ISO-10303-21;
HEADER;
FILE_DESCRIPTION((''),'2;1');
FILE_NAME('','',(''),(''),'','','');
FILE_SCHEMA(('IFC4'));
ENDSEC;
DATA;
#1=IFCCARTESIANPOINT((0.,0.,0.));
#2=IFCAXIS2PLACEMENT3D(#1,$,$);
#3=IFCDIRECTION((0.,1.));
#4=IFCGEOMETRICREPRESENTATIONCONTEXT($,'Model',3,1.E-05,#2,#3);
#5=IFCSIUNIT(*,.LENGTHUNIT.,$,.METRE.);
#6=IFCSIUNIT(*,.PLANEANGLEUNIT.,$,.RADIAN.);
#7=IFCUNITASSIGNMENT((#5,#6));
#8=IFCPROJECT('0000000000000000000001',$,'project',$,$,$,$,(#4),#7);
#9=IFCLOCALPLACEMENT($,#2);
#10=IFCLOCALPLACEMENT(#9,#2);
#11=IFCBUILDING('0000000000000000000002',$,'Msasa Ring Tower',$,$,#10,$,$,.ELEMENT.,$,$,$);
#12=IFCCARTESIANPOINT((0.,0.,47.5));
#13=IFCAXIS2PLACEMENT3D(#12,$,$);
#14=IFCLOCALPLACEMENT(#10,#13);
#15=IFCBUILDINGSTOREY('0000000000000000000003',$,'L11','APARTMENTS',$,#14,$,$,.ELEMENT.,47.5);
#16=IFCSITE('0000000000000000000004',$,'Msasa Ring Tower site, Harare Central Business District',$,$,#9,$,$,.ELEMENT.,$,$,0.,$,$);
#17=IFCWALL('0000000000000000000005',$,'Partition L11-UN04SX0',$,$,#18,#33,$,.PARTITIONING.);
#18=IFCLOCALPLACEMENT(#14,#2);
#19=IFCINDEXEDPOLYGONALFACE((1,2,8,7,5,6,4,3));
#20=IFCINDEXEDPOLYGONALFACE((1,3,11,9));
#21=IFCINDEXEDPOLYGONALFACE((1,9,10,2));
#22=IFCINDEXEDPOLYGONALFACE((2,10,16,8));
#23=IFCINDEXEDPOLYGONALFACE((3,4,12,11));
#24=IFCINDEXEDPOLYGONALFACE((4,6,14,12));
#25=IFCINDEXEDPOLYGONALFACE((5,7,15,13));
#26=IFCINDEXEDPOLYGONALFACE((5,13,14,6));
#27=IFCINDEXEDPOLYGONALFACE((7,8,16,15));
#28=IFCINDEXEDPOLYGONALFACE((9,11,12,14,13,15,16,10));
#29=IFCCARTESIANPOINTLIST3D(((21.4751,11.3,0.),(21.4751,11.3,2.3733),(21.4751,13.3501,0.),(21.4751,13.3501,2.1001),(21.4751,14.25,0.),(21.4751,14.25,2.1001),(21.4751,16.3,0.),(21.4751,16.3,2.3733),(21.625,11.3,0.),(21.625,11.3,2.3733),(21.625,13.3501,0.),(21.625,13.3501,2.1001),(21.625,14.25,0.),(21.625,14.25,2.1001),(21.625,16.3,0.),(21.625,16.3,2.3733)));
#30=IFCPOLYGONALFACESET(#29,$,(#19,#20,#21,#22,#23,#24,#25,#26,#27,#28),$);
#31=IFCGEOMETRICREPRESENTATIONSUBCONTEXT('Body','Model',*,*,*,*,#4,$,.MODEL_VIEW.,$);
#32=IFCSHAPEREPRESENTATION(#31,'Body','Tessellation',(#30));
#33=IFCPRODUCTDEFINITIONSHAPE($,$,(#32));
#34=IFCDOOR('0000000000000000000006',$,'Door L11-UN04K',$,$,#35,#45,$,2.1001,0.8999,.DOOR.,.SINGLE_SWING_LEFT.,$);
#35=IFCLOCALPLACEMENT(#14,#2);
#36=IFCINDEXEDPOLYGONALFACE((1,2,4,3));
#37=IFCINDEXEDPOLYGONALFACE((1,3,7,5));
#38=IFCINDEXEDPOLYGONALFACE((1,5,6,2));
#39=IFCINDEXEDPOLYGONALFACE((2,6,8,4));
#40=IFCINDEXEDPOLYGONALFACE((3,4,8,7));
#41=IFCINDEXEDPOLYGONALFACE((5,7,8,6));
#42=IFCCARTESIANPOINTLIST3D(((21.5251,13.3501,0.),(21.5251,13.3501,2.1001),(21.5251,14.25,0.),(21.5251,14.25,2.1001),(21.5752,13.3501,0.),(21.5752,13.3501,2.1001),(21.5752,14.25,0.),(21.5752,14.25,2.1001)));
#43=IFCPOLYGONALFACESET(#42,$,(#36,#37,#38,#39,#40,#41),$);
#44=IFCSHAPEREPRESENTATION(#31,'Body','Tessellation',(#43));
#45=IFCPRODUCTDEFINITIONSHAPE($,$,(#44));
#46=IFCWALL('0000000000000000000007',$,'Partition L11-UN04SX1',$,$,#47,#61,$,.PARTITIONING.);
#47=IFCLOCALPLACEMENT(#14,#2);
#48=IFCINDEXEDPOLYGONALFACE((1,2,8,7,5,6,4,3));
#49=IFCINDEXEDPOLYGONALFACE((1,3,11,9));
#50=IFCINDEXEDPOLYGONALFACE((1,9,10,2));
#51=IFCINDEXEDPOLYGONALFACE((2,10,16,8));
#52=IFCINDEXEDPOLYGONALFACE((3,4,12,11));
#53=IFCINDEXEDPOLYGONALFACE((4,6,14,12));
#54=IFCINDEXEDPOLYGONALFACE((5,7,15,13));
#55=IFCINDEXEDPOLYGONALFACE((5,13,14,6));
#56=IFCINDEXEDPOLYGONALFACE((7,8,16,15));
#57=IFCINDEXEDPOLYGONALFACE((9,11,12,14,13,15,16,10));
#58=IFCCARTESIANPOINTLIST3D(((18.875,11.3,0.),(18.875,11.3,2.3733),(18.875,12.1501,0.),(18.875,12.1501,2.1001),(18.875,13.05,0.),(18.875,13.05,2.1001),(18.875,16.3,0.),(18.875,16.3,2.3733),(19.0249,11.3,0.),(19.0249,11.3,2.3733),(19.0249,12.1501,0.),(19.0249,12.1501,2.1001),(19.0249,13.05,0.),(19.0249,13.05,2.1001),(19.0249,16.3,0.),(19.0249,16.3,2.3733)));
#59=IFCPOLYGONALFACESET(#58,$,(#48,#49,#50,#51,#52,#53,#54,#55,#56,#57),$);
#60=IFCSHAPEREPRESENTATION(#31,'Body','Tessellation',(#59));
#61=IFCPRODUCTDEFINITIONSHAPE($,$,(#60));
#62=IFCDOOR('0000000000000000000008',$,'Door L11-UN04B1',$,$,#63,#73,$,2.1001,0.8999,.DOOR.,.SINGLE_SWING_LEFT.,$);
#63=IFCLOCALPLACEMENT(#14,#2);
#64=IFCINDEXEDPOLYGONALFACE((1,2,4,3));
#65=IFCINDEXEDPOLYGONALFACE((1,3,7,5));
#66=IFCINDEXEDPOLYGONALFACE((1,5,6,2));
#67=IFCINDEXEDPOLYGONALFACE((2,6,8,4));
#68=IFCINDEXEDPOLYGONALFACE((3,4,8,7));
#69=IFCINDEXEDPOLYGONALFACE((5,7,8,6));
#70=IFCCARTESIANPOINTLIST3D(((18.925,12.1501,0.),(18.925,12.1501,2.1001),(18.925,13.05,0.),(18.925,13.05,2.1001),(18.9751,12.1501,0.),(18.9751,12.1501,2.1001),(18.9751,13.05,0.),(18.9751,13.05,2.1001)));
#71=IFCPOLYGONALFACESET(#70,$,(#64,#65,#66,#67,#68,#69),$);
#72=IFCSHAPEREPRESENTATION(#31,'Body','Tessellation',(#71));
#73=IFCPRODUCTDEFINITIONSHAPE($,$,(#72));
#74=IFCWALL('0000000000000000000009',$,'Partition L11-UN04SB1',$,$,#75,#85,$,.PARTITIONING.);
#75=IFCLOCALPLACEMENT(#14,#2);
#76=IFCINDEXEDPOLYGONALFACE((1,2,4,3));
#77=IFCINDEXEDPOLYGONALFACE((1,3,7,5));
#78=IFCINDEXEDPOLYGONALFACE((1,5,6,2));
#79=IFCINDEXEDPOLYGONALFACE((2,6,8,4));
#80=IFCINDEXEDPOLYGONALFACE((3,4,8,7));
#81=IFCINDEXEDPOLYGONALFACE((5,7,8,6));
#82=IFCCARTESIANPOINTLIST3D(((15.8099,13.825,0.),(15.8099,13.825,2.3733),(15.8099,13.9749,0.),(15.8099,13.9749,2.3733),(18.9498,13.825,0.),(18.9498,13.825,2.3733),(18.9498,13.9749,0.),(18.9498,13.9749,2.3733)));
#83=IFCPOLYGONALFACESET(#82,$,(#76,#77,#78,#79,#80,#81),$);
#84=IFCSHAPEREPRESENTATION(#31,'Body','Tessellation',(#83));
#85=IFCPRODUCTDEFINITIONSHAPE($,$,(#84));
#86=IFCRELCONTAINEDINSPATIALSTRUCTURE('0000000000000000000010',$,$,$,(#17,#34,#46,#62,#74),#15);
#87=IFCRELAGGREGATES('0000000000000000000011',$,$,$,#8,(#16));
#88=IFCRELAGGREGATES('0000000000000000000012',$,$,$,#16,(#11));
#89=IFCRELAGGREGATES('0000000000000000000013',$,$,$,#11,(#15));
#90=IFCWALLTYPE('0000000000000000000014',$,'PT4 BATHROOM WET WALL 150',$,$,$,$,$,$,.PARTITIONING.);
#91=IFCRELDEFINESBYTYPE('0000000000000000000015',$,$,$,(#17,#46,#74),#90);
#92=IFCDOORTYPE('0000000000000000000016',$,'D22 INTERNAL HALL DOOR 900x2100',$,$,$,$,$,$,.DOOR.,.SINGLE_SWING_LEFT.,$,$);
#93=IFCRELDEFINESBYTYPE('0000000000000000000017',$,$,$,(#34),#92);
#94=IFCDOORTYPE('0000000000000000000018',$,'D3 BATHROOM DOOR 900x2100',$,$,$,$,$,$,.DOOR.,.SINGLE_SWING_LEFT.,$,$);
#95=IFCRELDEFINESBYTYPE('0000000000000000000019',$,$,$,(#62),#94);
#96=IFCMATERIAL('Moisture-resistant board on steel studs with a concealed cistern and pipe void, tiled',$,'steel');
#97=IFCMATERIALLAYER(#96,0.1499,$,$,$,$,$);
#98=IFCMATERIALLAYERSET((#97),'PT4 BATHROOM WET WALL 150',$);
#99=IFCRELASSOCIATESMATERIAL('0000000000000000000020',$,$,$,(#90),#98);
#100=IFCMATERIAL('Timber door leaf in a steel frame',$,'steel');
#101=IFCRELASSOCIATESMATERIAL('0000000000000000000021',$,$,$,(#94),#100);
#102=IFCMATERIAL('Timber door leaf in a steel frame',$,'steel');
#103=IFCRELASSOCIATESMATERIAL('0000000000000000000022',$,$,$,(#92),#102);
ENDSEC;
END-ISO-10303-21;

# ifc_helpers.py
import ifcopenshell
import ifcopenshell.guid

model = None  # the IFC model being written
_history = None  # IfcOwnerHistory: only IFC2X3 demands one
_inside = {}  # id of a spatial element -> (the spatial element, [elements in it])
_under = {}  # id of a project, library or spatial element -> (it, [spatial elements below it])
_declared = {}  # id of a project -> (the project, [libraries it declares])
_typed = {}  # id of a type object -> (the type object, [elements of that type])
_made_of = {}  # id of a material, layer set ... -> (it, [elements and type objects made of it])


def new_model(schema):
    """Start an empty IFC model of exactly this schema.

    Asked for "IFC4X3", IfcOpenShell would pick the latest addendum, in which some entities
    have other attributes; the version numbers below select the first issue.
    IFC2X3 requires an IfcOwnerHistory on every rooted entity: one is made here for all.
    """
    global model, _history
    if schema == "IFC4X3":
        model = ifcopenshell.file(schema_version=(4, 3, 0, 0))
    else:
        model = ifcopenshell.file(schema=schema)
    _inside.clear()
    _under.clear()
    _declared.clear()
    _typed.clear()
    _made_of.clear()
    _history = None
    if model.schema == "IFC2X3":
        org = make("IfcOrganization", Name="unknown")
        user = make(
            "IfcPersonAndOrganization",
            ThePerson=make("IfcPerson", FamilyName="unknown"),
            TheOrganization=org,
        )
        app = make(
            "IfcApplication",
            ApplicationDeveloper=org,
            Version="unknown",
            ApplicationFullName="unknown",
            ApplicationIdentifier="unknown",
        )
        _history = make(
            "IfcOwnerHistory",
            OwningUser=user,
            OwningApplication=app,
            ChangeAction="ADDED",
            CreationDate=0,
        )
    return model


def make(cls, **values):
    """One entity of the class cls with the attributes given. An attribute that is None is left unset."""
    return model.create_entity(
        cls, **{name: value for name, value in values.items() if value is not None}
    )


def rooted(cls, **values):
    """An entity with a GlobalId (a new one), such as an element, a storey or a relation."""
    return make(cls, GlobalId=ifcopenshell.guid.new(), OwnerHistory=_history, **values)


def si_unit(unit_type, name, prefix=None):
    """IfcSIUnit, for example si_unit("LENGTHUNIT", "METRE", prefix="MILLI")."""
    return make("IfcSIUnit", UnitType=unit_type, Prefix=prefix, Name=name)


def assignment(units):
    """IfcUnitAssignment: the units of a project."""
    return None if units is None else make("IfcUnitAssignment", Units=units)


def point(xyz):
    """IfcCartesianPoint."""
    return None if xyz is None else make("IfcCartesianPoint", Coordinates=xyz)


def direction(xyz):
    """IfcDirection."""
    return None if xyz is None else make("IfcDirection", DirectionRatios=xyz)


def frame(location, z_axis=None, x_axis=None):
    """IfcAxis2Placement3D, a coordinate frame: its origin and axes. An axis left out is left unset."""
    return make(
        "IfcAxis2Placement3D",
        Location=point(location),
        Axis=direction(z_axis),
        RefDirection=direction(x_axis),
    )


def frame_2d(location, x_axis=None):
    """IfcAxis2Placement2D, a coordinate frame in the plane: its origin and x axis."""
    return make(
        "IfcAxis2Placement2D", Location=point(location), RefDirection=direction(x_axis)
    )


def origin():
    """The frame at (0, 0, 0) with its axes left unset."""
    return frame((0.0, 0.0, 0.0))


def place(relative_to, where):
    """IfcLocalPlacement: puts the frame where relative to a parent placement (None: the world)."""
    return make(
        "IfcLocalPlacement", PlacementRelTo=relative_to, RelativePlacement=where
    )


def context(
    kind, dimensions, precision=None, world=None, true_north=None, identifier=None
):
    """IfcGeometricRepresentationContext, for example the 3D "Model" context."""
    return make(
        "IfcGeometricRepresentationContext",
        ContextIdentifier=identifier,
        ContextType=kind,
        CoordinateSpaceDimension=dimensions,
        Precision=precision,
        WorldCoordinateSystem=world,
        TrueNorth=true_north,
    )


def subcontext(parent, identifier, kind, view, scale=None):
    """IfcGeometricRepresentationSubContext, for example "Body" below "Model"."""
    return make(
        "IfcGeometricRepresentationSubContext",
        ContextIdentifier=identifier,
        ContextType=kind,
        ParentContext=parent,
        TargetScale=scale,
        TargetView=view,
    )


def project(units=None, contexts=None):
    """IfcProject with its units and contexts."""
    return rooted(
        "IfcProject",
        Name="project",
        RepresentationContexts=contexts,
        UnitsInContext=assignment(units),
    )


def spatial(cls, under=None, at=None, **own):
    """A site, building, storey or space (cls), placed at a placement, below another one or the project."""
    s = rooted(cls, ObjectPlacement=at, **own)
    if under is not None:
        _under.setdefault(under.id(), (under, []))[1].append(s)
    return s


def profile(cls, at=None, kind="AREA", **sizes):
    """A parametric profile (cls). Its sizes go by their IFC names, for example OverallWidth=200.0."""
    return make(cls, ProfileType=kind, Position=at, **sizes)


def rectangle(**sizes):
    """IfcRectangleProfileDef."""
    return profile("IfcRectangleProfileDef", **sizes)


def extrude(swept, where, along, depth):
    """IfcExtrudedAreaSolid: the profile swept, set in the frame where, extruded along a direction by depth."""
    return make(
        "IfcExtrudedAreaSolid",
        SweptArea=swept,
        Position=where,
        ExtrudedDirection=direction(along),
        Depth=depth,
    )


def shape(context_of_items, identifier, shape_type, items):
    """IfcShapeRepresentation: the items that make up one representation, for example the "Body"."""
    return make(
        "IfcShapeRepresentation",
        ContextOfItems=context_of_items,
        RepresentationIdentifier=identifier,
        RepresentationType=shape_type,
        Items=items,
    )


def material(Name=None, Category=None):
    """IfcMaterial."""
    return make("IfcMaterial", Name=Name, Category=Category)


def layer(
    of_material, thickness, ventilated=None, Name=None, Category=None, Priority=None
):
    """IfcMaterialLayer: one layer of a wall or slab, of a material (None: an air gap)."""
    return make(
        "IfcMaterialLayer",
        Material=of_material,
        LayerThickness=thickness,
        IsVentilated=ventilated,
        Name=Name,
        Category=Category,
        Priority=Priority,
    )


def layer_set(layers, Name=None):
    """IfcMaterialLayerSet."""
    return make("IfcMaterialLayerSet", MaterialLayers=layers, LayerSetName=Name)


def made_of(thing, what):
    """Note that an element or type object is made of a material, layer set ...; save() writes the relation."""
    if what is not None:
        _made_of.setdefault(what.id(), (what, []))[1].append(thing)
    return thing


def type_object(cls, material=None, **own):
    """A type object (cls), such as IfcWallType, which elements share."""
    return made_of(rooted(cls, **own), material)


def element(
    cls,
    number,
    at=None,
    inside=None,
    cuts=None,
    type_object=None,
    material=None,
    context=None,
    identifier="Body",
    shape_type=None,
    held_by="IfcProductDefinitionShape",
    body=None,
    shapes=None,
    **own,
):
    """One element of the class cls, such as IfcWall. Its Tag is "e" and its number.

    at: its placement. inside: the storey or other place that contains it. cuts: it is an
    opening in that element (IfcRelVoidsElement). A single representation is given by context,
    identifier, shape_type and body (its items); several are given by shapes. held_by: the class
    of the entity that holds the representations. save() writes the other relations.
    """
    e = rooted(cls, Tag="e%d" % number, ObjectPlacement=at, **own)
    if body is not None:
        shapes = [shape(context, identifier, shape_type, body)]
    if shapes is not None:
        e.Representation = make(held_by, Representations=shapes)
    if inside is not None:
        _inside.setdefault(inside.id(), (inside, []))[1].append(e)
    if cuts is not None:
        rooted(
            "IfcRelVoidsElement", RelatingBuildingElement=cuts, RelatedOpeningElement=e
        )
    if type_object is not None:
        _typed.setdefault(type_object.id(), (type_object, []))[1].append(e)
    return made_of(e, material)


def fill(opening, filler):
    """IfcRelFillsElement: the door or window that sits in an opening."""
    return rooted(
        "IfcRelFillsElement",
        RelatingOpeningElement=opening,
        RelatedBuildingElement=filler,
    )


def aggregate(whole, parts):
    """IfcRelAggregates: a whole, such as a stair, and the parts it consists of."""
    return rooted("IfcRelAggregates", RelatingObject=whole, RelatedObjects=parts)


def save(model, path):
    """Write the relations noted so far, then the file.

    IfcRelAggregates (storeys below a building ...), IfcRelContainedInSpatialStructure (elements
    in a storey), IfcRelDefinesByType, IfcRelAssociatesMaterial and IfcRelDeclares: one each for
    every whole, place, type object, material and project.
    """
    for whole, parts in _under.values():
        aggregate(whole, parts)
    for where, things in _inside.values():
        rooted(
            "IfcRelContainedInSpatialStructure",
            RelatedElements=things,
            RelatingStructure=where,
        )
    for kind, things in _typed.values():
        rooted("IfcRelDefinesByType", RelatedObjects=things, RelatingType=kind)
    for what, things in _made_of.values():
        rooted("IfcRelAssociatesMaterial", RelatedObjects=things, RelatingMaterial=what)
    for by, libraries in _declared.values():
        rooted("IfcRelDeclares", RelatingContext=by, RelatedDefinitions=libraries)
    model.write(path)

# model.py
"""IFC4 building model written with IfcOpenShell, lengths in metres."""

from ifc_helpers import new_model, si_unit, direction, frame, frame_2d, origin, place, context, subcontext, project, spatial, rectangle, extrude, material, layer, layer_set, type_object, element, fill, save


model = new_model("IFC4")

# Units and contexts
model_context = context("Model", 3, precision=1e-05, world=origin(), true_north=direction((0.0, 1.0)))
body_context = subcontext(model_context, "Body", "Model", "MODEL_VIEW")
ifc_project = project(units=[si_unit("LENGTHUNIT", "METRE"), si_unit("PLANEANGLEUNIT", "RADIAN")], contexts=[model_context])

# Site, building, storey
site_placement = place(None, origin())
site = spatial("IfcSite", under=ifc_project, at=site_placement, Name="Msasa Ring Tower site, Harare Central Business District", CompositionType="ELEMENT", RefElevation=0.0)
building_placement = place(site_placement, origin())
building = spatial("IfcBuilding", under=site, at=building_placement, Name="Msasa Ring Tower", CompositionType="ELEMENT")
storey_placement = place(building_placement, frame((0.0, 0.0, 47.5)))
storey = spatial("IfcBuildingStorey", under=building, at=storey_placement, Name="L11", Description="APARTMENTS", CompositionType="ELEMENT", Elevation=47.5)

# Shared definitions
ifc_material_1 = material(Name="Moisture-resistant board on steel studs with a concealed cistern and pipe void, tiled", Category="steel")
ifc_layer_1 = layer(ifc_material_1, 0.1499)
ifc_layer_set_1 = layer_set([ifc_layer_1], Name="PT4 BATHROOM WET WALL 150")
wall_type_1 = type_object("IfcWallType", Name="PT4 BATHROOM WET WALL 150", PredefinedType="PARTITIONING", material=ifc_layer_set_1)
ifc_material_2 = material(Name="Timber door leaf in a steel frame", Category="steel")
door_type_1 = type_object("IfcDoorType", Name="D3 BATHROOM DOOR 900x2100", OperationType="SINGLE_SWING_LEFT", PredefinedType="DOOR", material=ifc_material_2)

# Walls, openings, doors
wall_1_placement = place(storey_placement, frame((21.55, 11.3, 0.0), z_axis=(0.0, 0.0, 1.0), x_axis=(0.0, 1.0, 0.0)))
wall_1 = element("IfcWall", 1, at=wall_1_placement, inside=storey, type_object=wall_type_1, Name="Partition L11-UN04SX0", PredefinedType="PARTITIONING", context=body_context, shape_type="SweptSolid", body=[
    extrude(rectangle(XDim=5.0, YDim=0.1499, at=frame_2d((2.5, 0.0))), origin(), (0.0, 0.0, 1.0), 2.3733),
])
opening_1_placement = place(wall_1_placement, frame((2.05, 0.0, 0.0)))
opening_1 = element("IfcOpeningElement", 2, at=opening_1_placement, cuts=wall_1, PredefinedType="OPENING", context=body_context, shape_type="SweptSolid", body=[
    extrude(rectangle(XDim=0.8999, YDim=2.1001, at=frame_2d((0.45, 1.05))), frame((0.0, 0.085, 0.0), z_axis=(0.0, -1.0, 0.0), x_axis=(1.0, 0.0, 0.0)), (0.0, 0.0, 1.0), 0.1699),
])
ifc_material_3 = material(Name="Timber door leaf in a steel frame", Category="steel")
door_type_2 = type_object("IfcDoorType", Name="D22 INTERNAL HALL DOOR 900x2100", OperationType="SINGLE_SWING_LEFT", PredefinedType="DOOR", material=ifc_material_3)
door_1_placement = place(opening_1_placement, origin())
door_1 = element("IfcDoor", 3, at=door_1_placement, inside=storey, type_object=door_type_2, Name="Door L11-UN04K", OperationType="SINGLE_SWING_LEFT", OverallHeight=2.1001, OverallWidth=0.8999, PredefinedType="DOOR", context=body_context, shape_type="SweptSolid", body=[
    extrude(rectangle(XDim=0.8999, YDim=2.1001, at=frame_2d((0.45, 1.05))), frame((0.0, 0.0249, 0.0), z_axis=(0.0, -1.0, 0.0), x_axis=(1.0, 0.0, 0.0)), (0.0, 0.0, 1.0), 0.05),
])
fill(opening_1, door_1)
wall_2_placement = place(storey_placement, frame((18.95, 11.3, 0.0), z_axis=(0.0, 0.0, 1.0), x_axis=(0.0, 1.0, 0.0)))
wall_2 = element("IfcWall", 4, at=wall_2_placement, inside=storey, type_object=wall_type_1, Name="Partition L11-UN04SX1", PredefinedType="PARTITIONING", context=body_context, shape_type="SweptSolid", body=[
    extrude(rectangle(XDim=5.0, YDim=0.1499, at=frame_2d((2.5, 0.0))), origin(), (0.0, 0.0, 1.0), 2.3733),
])
opening_2_placement = place(wall_2_placement, frame((0.8501, 0.0, 0.0)))
opening_2 = element("IfcOpeningElement", 5, at=opening_2_placement, cuts=wall_2, PredefinedType="OPENING", context=body_context, shape_type="SweptSolid", body=[
    extrude(rectangle(XDim=0.8999, YDim=2.1001, at=frame_2d((0.45, 1.05))), frame((0.0, 0.085, 0.0), z_axis=(0.0, -1.0, 0.0), x_axis=(1.0, 0.0, 0.0)), (0.0, 0.0, 1.0), 0.1699),
])
door_2_placement = place(opening_2_placement, origin())
door_2 = element("IfcDoor", 6, at=door_2_placement, inside=storey, type_object=door_type_1, Name="Door L11-UN04B1", OperationType="SINGLE_SWING_LEFT", OverallHeight=2.1001, OverallWidth=0.8999, PredefinedType="DOOR", context=body_context, shape_type="SweptSolid", body=[
    extrude(rectangle(XDim=0.8999, YDim=2.1001, at=frame_2d((0.45, 1.05))), frame((0.0, 0.0249, 0.0), z_axis=(0.0, -1.0, 0.0), x_axis=(1.0, 0.0, 0.0)), (0.0, 0.0, 1.0), 0.05),
])
fill(opening_2, door_2)

# Wall
wall_3_placement = place(storey_placement, frame((15.8101, 13.8999, 0.0), z_axis=(0.0, 0.0, 1.0), x_axis=(1.0, 0.0, 0.0)))
element("IfcWall", 7, at=wall_3_placement, inside=storey, type_object=wall_type_1, Name="Partition L11-UN04SB1", PredefinedType="PARTITIONING", context=body_context, shape_type="SweptSolid", body=[
    extrude(rectangle(XDim=3.1399, YDim=0.1499, at=frame_2d((1.5698, 0.0))), origin(), (0.0, 0.0, 1.0), 2.3733),
])

save(model, "model.ifc")
